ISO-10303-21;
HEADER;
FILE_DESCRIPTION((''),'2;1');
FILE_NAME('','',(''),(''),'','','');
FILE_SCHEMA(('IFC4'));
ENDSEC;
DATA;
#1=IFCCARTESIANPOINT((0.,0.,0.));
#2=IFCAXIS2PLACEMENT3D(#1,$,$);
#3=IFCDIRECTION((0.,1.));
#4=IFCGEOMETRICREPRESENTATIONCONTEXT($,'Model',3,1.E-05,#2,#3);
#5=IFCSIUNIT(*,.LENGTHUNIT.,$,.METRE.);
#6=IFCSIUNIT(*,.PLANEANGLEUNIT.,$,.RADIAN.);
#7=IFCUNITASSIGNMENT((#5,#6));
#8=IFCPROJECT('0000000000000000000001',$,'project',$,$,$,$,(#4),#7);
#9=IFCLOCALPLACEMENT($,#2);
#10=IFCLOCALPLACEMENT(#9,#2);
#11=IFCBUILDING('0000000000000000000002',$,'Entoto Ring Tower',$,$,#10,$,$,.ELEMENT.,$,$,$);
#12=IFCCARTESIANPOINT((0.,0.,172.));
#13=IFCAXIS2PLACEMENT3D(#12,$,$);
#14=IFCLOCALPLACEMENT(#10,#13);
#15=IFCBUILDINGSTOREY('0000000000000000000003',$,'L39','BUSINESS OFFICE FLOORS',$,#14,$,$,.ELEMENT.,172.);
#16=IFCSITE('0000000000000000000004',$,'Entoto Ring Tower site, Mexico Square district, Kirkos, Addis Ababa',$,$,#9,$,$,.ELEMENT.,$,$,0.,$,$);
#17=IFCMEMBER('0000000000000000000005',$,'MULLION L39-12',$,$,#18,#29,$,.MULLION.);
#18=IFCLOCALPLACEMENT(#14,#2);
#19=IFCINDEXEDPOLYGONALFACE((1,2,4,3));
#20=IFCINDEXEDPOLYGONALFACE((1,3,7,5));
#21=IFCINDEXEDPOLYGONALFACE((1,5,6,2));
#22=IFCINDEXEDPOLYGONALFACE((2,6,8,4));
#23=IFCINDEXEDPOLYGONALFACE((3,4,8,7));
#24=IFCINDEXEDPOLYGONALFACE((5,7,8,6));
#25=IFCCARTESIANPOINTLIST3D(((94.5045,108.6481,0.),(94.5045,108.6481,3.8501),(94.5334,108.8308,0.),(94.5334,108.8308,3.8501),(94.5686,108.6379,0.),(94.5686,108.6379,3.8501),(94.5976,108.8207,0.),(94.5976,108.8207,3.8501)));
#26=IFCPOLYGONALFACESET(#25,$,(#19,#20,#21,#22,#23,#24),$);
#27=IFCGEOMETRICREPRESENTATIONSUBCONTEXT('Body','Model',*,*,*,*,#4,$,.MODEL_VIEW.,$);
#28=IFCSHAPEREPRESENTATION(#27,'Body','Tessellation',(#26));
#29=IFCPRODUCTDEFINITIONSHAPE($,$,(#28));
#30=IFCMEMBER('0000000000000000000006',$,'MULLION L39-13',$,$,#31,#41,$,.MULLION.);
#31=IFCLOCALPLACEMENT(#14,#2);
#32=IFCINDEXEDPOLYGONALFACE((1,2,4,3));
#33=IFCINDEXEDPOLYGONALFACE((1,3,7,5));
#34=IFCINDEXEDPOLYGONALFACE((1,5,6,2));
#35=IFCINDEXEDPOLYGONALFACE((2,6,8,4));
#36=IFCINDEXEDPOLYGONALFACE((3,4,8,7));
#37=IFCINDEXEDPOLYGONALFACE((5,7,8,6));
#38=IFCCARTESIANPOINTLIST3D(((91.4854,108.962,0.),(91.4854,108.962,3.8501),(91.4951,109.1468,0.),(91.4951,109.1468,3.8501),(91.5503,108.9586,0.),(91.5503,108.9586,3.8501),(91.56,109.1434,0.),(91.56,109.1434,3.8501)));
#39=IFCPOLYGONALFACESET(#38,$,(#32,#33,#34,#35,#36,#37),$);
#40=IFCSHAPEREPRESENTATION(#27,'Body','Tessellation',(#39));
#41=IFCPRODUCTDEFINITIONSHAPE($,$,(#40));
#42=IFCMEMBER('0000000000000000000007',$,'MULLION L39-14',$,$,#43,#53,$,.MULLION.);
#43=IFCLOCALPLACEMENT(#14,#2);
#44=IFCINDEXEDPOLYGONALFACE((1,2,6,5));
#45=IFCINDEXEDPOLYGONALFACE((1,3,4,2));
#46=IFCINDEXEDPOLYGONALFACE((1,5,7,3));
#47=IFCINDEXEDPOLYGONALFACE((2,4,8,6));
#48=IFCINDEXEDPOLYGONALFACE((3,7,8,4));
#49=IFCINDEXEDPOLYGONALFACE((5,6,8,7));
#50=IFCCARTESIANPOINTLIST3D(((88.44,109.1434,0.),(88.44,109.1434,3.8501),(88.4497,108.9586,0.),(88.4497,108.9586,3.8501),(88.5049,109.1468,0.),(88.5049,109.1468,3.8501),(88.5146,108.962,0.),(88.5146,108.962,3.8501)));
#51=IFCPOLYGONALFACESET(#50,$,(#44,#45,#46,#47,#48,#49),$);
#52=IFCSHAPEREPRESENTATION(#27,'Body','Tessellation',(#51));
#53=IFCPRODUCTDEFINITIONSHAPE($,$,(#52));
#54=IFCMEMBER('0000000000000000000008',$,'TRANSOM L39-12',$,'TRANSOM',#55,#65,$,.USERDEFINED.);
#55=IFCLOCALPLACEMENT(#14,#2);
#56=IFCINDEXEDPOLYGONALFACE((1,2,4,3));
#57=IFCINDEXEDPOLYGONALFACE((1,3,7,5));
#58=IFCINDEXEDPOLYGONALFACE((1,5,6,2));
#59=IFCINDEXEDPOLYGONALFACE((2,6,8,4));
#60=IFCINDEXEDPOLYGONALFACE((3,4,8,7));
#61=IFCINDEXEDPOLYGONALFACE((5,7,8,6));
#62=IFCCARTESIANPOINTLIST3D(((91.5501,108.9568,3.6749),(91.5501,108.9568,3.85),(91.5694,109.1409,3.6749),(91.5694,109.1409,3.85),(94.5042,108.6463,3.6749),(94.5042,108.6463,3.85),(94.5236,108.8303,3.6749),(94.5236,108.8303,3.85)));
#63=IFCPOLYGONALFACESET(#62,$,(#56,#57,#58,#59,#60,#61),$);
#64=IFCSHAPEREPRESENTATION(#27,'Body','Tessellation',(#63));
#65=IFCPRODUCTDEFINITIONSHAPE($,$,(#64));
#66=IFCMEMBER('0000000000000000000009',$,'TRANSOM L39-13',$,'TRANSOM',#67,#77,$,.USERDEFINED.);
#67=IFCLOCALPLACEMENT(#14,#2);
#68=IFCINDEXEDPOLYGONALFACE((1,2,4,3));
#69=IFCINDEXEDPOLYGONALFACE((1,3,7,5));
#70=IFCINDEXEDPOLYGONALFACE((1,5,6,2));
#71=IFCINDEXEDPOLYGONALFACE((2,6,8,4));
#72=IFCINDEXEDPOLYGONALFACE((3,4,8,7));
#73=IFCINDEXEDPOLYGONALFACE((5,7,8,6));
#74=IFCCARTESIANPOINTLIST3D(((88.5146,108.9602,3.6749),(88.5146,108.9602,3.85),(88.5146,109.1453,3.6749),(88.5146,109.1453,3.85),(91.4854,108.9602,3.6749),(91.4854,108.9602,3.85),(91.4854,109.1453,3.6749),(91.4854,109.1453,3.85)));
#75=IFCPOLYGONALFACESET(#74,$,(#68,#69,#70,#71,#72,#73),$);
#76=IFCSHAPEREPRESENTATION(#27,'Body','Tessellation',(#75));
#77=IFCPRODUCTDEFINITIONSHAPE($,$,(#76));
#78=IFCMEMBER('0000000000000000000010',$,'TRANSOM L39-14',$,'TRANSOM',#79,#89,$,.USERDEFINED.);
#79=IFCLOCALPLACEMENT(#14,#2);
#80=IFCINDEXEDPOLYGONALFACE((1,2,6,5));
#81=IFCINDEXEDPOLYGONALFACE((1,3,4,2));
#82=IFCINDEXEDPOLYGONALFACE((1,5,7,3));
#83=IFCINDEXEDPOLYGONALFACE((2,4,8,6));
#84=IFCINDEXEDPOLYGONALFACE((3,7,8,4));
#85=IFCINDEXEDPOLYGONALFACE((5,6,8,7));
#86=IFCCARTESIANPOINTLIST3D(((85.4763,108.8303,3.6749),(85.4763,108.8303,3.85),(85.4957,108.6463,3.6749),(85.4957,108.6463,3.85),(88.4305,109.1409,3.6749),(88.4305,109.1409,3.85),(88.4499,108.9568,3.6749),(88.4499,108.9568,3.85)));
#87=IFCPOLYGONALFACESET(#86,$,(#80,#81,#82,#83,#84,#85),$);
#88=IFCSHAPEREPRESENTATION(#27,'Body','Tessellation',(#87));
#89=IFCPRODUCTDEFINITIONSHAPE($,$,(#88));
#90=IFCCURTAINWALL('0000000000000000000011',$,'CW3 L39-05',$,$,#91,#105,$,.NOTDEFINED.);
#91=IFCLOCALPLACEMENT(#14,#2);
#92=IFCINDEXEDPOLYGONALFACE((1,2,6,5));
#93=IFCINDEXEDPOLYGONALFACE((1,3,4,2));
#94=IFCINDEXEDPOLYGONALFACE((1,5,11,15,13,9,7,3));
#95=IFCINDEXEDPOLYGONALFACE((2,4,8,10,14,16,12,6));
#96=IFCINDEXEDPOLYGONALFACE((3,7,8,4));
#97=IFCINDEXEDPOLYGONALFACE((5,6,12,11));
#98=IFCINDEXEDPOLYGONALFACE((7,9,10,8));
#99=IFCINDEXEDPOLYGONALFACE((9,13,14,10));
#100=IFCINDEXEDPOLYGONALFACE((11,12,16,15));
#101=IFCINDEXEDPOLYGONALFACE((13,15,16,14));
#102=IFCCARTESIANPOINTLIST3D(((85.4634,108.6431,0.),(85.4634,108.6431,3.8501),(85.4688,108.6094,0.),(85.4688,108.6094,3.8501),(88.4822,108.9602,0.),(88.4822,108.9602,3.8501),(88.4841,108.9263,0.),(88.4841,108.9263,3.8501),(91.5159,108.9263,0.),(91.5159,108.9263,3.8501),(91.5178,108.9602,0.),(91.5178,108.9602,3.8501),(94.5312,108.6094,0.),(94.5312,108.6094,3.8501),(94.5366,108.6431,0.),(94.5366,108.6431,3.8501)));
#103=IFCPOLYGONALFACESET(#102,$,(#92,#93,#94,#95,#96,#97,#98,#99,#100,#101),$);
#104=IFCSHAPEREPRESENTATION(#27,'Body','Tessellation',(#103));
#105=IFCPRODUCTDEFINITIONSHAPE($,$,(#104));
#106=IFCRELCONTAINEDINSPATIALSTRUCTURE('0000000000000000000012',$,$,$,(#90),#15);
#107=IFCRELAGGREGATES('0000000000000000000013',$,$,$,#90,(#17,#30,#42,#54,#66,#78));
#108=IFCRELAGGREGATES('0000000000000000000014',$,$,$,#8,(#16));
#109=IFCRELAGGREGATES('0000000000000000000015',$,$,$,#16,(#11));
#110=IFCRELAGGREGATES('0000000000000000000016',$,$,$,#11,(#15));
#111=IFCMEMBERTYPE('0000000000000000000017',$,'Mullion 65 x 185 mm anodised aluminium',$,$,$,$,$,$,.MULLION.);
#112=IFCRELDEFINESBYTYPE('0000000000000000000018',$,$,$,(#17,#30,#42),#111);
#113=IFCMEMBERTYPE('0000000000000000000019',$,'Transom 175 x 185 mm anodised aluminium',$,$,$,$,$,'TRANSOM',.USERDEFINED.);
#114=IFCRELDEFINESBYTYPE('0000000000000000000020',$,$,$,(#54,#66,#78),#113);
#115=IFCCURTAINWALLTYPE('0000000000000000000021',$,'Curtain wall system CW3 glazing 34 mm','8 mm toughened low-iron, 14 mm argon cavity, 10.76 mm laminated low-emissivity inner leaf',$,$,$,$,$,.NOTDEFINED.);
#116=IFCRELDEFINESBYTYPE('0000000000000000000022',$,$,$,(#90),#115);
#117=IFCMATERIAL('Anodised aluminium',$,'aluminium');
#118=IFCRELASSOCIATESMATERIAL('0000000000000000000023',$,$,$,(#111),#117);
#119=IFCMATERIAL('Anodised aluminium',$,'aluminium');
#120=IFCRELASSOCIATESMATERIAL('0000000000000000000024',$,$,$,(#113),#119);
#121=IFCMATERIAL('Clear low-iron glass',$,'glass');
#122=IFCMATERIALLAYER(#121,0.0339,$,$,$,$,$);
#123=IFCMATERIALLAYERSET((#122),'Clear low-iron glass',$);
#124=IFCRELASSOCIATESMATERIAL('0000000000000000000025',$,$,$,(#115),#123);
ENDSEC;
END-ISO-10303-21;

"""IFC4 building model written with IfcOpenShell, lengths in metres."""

from ifc_helpers import new_model, si_unit, direction, frame, origin, origin_2d, place, context, subcontext, project, spatial, polyline, rectangle, outline, extrude, material, layer, layer_set, material_profile, profile_set, type_object, element, aggregate, save


model = new_model("IFC4")

# Units and contexts
model_context = context("Model", 3, precision=1e-05, world=origin(), true_north=direction((0.0, 1.0)))
body_context = subcontext(model_context, "Body", "Model", "MODEL_VIEW")
ifc_project = project(units=[si_unit("LENGTHUNIT", "METRE"), si_unit("PLANEANGLEUNIT", "RADIAN")], contexts=[model_context])

# Members
ifc_material_1 = material(Name="Anodised aluminium", Category="aluminium")
ifc_material_profile_1 = material_profile(ifc_material_1, rectangle(XDim=0.0649, YDim=0.1851, at=origin_2d()), Name="Mullion 65 x 185 mm anodised aluminium")
ifc_profile_set_1 = profile_set([ifc_material_profile_1], Name="Anodised aluminium")
member_type_1 = type_object("IfcMemberType", Name="Mullion 65 x 185 mm anodised aluminium", PredefinedType="MULLION", material=ifc_profile_set_1)
site_placement = place(None, origin())
building_placement = place(site_placement, origin())
storey_placement = place(building_placement, frame((0.0, 0.0, 172.0)))
member_1_placement = place(storey_placement, frame((94.551, 108.7344, 0.0), z_axis=(0.0, 0.0, 1.0), x_axis=(-0.987688, 0.156434, 0.0)))
member_1 = element("IfcMember", 1, at=member_1_placement, type_object=member_type_1, Name="MULLION L39-12", PredefinedType="MULLION", context=body_context, shape_type="SweptSolid", body=[
    extrude(rectangle(XDim=0.0649, YDim=0.1851, at=origin_2d()), origin(), (0.0, 0.0, 1.0), 3.8501),
])
member_2_placement = place(storey_placement, frame((91.5227, 109.0527, 0.0), z_axis=(0.0, 0.0, 1.0), x_axis=(-0.99863, 0.052336, 0.0)))
member_2 = element("IfcMember", 2, at=member_2_placement, type_object=member_type_1, Name="MULLION L39-13", PredefinedType="MULLION", context=body_context, shape_type="SweptSolid", body=[
    extrude(rectangle(XDim=0.0649, YDim=0.1851, at=origin_2d()), origin(), (0.0, 0.0, 1.0), 3.8501),
])
member_3_placement = place(storey_placement, frame((88.4773, 109.0527, 0.0), z_axis=(0.0, 0.0, 1.0), x_axis=(-0.99863, -0.052336, 0.0)))
member_3 = element("IfcMember", 3, at=member_3_placement, type_object=member_type_1, Name="MULLION L39-14", PredefinedType="MULLION", context=body_context, shape_type="SweptSolid", body=[
    extrude(rectangle(XDim=0.0649, YDim=0.1851, at=origin_2d()), origin(), (0.0, 0.0, 1.0), 3.8501),
])
ifc_material_2 = material(Name="Anodised aluminium", Category="aluminium")
ifc_material_profile_2 = material_profile(ifc_material_2, rectangle(XDim=0.1851, YDim=0.175, at=origin_2d()), Name="Transom 175 x 185 mm anodised aluminium")
ifc_profile_set_2 = profile_set([ifc_material_profile_2], Name="Anodised aluminium")
member_type_2 = type_object("IfcMemberType", Name="Transom 175 x 185 mm anodised aluminium", ElementType="TRANSOM", PredefinedType="USERDEFINED", material=ifc_profile_set_2)
member_4_placement = place(storey_placement, frame((94.5139, 108.7383, 3.7625), z_axis=(-0.99452, 0.104548, 0.0), x_axis=(-0.104548, -0.99452, 0.0)))
member_4 = element("IfcMember", 4, at=member_4_placement, type_object=member_type_2, Name="TRANSOM L39-12", ObjectType="TRANSOM", PredefinedType="USERDEFINED", context=body_context, shape_type="SweptSolid", body=[
    extrude(rectangle(XDim=0.1851, YDim=0.175, at=origin_2d()), origin(), (0.0, 0.0, 1.0), 2.9705),
])
member_5_placement = place(storey_placement, frame((91.4854, 109.0527, 3.7625), z_axis=(-1.0, 0.0, 0.0), x_axis=(0.0, -1.0, 0.0)))
member_5 = element("IfcMember", 5, at=member_5_placement, type_object=member_type_2, Name="TRANSOM L39-13", ObjectType="TRANSOM", PredefinedType="USERDEFINED", context=body_context, shape_type="SweptSolid", body=[
    extrude(rectangle(XDim=0.1851, YDim=0.175, at=origin_2d()), origin(), (0.0, 0.0, 1.0), 2.9707),
])
member_6_placement = place(storey_placement, frame((88.4402, 109.0488, 3.7625), z_axis=(-0.99452, -0.104548, 0.0), x_axis=(0.104548, -0.99452, 0.0)))
member_6 = element("IfcMember", 6, at=member_6_placement, type_object=member_type_2, Name="TRANSOM L39-14", ObjectType="TRANSOM", PredefinedType="USERDEFINED", context=body_context, shape_type="SweptSolid", body=[
    extrude(rectangle(XDim=0.1851, YDim=0.175, at=origin_2d()), origin(), (0.0, 0.0, 1.0), 2.9705),
])

# Site, building, storey
site = spatial("IfcSite", under=ifc_project, at=site_placement, Name="Entoto Ring Tower site, Mexico Square district, Kirkos, Addis Ababa", CompositionType="ELEMENT", RefElevation=0.0)
building = spatial("IfcBuilding", under=site, at=building_placement, Name="Entoto Ring Tower", CompositionType="ELEMENT")
storey = spatial("IfcBuildingStorey", under=building, at=storey_placement, Name="L39", Description="BUSINESS OFFICE FLOORS", CompositionType="ELEMENT", Elevation=172.0)

# Curtain wall
ifc_material_3 = material(Name="Clear low-iron glass", Category="glass")
ifc_layer = layer(ifc_material_3, 0.0339)
ifc_layer_set = layer_set([ifc_layer], Name="Clear low-iron glass")
curtain_wall_type = type_object("IfcCurtainWallType", Name="Curtain wall system CW3 glazing 34 mm", Description="8 mm toughened low-iron, 14 mm argon cavity, 10.76 mm laminated low-emissivity inner leaf", PredefinedType="NOTDEFINED", material=ifc_layer_set)
curtain_wall_1_placement = place(storey_placement, origin())
curtain_wall_1 = element("IfcCurtainWall", 7, at=curtain_wall_1_placement, inside=storey, type_object=curtain_wall_type, Name="CW3 L39-05", PredefinedType="NOTDEFINED", context=body_context, shape_type="SweptSolid", body=[
    extrude(outline(polyline([(94.5366, 108.6431), (91.5178, 108.9602), (88.4822, 108.9602), (85.4634, 108.6431), (85.4688, 108.6094), (88.4841, 108.9263), (91.5159, 108.9263), (94.5312, 108.6094), (94.5366, 108.6431)])), origin(), (0.0, 0.0, 1.0), 3.8501),
])
aggregate(curtain_wall_1, [member_1, member_2, member_3, member_4, member_5, member_6])

save(model, "model.ifc")
